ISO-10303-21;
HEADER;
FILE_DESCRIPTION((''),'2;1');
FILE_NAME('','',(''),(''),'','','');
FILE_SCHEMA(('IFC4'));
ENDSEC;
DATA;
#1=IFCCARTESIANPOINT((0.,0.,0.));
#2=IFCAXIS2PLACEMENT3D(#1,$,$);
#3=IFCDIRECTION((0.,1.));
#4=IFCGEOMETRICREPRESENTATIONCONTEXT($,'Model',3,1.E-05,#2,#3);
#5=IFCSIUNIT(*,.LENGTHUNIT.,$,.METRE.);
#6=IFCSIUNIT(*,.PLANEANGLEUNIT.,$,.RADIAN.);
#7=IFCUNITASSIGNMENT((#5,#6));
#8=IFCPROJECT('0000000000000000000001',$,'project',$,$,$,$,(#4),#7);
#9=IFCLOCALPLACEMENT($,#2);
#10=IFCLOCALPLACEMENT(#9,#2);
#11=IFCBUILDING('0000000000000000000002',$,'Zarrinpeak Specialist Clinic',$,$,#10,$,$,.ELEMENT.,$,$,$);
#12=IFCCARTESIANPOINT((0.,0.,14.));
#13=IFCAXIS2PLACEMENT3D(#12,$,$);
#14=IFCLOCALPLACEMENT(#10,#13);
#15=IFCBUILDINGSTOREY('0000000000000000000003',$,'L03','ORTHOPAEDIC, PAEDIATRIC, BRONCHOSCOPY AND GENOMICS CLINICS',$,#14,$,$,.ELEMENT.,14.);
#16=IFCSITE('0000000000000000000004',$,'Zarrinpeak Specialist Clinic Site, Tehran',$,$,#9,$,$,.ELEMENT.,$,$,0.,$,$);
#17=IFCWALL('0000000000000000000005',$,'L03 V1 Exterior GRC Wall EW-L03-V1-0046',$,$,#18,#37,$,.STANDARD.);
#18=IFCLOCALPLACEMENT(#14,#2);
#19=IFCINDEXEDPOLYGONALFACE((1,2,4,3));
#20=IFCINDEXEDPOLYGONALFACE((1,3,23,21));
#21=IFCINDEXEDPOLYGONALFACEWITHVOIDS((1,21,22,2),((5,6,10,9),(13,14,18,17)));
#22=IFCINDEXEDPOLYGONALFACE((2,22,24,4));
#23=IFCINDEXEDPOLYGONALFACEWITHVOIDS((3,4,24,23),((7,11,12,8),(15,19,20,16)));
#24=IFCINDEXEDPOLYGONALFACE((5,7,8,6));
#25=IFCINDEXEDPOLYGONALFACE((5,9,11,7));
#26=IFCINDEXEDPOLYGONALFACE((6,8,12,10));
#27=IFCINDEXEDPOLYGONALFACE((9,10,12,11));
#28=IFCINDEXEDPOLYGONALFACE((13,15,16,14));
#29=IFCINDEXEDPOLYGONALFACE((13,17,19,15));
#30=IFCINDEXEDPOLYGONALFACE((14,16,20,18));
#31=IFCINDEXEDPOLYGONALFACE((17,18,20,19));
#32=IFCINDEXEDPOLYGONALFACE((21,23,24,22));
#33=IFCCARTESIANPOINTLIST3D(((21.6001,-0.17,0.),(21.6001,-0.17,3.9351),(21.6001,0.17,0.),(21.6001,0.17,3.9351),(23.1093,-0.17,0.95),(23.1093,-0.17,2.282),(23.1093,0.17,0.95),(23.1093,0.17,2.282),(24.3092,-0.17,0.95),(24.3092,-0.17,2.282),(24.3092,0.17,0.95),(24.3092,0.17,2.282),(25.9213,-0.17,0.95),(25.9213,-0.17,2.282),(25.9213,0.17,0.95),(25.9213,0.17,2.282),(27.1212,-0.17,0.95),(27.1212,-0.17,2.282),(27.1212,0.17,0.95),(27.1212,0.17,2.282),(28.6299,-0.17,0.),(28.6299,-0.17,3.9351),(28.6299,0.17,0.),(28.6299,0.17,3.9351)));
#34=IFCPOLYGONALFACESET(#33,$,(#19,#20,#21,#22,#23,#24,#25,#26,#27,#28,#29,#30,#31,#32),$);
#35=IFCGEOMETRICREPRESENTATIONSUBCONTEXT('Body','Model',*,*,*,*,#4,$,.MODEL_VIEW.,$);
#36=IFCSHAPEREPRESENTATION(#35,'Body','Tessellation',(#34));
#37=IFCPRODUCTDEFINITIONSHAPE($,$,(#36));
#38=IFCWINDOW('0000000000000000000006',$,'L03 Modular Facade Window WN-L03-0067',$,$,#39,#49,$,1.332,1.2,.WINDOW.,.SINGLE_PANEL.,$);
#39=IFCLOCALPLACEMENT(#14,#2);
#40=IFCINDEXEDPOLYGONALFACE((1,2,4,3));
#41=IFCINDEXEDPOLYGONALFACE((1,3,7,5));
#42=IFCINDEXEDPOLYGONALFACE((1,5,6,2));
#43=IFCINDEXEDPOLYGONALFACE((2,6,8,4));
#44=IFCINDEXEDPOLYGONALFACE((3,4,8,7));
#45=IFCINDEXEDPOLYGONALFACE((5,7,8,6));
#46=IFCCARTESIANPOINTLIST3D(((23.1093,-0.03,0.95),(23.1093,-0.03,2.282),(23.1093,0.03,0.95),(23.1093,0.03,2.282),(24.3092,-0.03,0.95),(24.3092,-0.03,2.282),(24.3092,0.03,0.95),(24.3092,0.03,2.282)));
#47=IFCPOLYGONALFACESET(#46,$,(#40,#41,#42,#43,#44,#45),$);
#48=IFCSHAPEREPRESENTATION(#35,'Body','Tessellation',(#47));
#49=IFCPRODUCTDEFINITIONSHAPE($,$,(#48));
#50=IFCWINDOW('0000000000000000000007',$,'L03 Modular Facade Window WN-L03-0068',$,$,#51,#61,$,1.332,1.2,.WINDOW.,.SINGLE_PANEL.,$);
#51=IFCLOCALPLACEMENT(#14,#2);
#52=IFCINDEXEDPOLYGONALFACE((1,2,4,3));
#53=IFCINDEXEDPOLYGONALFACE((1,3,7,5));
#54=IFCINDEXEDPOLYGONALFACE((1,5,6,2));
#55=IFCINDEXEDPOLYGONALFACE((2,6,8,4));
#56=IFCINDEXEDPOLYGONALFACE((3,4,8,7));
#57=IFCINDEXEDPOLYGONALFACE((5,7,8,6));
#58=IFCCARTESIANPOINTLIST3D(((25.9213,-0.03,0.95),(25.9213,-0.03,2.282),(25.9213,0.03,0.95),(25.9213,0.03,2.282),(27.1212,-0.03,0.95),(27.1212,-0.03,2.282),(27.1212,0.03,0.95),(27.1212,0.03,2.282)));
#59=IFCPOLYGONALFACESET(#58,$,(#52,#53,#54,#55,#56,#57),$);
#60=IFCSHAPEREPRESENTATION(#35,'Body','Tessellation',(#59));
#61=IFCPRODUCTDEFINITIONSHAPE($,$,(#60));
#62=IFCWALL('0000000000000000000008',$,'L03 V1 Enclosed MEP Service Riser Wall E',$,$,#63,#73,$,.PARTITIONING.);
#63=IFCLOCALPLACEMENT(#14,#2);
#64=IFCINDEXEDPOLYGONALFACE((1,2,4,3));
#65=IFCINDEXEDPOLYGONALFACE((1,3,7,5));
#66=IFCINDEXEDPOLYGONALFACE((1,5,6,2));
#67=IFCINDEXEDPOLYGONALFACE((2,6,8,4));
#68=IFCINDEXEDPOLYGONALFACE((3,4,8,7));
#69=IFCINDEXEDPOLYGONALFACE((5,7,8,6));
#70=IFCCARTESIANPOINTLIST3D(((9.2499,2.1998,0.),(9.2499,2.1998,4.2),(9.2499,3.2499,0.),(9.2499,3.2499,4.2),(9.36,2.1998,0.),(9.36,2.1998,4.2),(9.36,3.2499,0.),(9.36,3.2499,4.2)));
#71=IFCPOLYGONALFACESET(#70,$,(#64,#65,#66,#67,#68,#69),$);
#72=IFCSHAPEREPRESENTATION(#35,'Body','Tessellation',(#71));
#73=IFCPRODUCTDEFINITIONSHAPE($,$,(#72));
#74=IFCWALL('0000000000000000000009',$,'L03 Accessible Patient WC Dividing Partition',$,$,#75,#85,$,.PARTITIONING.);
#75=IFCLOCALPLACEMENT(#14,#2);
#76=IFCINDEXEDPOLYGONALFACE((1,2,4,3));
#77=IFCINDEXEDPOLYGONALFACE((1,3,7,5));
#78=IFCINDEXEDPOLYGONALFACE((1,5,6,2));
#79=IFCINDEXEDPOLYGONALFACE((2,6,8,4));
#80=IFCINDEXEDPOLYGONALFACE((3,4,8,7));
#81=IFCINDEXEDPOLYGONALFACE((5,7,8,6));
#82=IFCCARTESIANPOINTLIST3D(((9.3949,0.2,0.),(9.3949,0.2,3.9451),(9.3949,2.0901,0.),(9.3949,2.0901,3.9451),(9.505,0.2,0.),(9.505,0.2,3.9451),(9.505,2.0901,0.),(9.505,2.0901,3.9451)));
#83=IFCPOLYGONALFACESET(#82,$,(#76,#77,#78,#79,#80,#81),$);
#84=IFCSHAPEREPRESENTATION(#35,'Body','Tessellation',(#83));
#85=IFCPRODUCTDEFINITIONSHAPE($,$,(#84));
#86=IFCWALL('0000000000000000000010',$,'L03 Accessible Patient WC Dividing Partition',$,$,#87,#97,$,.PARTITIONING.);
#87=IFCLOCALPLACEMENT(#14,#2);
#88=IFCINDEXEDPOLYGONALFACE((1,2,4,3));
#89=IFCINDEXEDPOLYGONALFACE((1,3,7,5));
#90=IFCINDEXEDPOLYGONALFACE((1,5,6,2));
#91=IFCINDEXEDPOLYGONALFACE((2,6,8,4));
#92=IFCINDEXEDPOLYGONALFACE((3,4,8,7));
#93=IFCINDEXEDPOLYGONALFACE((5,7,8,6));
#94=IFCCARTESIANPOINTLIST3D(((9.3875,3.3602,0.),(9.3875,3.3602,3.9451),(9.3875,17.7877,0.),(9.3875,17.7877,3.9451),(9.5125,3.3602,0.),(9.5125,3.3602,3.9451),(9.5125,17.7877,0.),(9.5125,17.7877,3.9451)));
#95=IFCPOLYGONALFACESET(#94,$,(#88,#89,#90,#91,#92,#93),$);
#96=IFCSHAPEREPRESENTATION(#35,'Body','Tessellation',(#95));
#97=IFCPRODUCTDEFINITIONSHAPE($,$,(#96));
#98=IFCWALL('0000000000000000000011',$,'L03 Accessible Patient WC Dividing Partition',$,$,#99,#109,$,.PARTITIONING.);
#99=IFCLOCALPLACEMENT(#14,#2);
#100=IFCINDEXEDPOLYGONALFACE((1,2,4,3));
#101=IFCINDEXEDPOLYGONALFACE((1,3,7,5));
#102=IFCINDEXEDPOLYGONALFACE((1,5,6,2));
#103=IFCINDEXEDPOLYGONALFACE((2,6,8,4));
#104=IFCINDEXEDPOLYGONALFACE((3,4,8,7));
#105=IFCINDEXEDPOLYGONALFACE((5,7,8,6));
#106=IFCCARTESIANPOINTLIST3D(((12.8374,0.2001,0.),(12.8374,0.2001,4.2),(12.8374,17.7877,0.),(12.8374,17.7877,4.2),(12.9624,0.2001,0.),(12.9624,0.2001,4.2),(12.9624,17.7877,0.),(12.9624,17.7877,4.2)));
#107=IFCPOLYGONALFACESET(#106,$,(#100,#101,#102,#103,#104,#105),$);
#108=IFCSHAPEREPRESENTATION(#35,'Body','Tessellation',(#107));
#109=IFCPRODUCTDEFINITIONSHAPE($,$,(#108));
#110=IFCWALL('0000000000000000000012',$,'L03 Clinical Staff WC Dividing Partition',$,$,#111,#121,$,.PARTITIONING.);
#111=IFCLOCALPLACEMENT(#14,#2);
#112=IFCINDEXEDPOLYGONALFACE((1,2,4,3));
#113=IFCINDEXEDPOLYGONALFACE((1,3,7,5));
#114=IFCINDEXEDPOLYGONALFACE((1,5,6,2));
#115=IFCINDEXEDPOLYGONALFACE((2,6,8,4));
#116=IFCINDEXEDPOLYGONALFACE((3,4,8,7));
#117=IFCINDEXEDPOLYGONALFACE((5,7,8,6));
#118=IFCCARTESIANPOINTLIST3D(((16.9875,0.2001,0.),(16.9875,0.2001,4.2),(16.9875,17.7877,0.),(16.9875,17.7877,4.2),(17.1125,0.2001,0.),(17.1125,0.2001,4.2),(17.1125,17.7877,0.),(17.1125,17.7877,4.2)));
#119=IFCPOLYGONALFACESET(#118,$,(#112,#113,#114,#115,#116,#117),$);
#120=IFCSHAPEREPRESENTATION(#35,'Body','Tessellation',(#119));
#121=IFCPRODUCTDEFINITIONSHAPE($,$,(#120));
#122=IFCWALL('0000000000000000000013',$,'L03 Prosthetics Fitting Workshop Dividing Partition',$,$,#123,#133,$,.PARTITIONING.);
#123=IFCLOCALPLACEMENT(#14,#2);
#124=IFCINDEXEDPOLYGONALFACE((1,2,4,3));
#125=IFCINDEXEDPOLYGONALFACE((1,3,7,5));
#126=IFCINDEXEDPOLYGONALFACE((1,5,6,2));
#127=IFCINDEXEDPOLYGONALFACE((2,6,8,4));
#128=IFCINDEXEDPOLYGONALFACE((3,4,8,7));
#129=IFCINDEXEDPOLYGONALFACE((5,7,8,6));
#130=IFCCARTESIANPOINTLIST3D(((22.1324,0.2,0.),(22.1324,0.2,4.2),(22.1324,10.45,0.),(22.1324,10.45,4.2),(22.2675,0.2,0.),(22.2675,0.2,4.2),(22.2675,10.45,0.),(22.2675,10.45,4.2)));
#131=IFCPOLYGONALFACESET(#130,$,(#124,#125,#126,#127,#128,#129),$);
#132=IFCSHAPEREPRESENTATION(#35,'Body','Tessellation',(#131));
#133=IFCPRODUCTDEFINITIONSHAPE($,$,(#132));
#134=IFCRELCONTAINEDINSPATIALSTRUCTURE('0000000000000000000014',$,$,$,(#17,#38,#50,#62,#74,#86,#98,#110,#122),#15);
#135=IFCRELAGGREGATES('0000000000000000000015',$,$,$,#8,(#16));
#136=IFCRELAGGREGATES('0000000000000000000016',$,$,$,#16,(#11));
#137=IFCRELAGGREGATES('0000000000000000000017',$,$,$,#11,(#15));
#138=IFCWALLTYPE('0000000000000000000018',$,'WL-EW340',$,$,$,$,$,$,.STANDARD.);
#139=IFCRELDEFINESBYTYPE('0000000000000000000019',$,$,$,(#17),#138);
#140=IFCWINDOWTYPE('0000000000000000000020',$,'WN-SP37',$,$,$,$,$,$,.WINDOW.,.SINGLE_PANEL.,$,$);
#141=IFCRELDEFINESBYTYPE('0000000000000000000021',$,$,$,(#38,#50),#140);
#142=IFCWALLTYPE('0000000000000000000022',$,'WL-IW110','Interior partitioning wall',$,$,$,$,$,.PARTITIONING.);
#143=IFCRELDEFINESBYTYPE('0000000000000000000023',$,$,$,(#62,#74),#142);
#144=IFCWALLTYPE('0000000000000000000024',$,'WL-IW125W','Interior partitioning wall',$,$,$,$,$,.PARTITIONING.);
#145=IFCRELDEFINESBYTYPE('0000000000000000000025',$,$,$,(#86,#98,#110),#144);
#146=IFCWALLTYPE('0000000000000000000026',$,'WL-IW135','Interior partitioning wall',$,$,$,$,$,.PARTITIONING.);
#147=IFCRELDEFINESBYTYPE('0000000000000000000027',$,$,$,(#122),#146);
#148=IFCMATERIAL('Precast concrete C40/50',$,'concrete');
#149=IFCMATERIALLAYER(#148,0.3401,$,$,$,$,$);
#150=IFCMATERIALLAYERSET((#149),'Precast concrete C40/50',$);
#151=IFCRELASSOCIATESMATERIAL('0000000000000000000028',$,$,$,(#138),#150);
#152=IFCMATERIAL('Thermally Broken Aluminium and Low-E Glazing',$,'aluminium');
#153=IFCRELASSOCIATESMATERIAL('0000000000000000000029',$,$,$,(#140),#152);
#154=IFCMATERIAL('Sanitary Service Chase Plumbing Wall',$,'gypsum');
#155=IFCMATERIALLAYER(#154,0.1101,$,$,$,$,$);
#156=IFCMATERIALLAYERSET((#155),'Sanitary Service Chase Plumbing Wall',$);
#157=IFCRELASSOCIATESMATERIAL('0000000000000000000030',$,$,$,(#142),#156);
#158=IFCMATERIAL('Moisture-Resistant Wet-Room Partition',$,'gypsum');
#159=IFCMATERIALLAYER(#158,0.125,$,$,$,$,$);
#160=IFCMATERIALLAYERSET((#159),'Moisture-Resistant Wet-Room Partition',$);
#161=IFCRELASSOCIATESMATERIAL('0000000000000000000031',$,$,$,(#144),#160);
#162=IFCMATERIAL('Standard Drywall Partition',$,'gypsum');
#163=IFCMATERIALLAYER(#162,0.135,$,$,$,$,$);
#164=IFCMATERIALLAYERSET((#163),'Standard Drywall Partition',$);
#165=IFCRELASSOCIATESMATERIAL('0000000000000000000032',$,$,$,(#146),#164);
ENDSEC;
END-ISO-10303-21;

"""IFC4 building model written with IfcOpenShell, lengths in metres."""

from ifc_helpers import new_model, si_unit, direction, frame, frame_2d, origin, place, context, subcontext, project, spatial, rectangle, extrude, material, layer, layer_set, type_object, element, fill, save


model = new_model("IFC4")

# Units and contexts
model_context = context("Model", 3, precision=1e-05, world=origin(), true_north=direction((0.0, 1.0)))
body_context = subcontext(model_context, "Body", "Model", "MODEL_VIEW")
ifc_project = project(units=[si_unit("LENGTHUNIT", "METRE"), si_unit("PLANEANGLEUNIT", "RADIAN")], contexts=[model_context])

# Site, building, storey
site_placement = place(None, origin())
site = spatial("IfcSite", under=ifc_project, at=site_placement, Name="Zarrinpeak Specialist Clinic Site, Tehran", CompositionType="ELEMENT", RefElevation=0.0)
building_placement = place(site_placement, origin())
building = spatial("IfcBuilding", under=site, at=building_placement, Name="Zarrinpeak Specialist Clinic", CompositionType="ELEMENT")
storey_placement = place(building_placement, frame((0.0, 0.0, 14.0)))
storey = spatial("IfcBuildingStorey", under=building, at=storey_placement, Name="L03", Description="ORTHOPAEDIC, PAEDIATRIC, BRONCHOSCOPY AND GENOMICS CLINICS", CompositionType="ELEMENT", Elevation=14.0)

# Shared definitions
ifc_material_1 = material(Name="Precast concrete C40/50", Category="concrete")
ifc_layer_1 = layer(ifc_material_1, 0.3401)
ifc_layer_set_1 = layer_set([ifc_layer_1], Name="Precast concrete C40/50")
wall_type_1 = type_object("IfcWallType", Name="WL-EW340", PredefinedType="STANDARD", material=ifc_layer_set_1)
ifc_material_2 = material(Name="Thermally Broken Aluminium and Low-E Glazing", Category="aluminium")

# Wall, openings, windows
wall_1_placement = place(storey_placement, frame((21.6001, 0.0, 0.0), z_axis=(0.0, 0.0, 1.0), x_axis=(1.0, 0.0, 0.0)))
wall_1 = element("IfcWall", 1, at=wall_1_placement, inside=storey, type_object=wall_type_1, Name="L03 V1 Exterior GRC Wall EW-L03-V1-0046", PredefinedType="STANDARD", context=body_context, shape_type="SweptSolid", body=[
    extrude(rectangle(XDim=7.0298, YDim=0.3401, at=frame_2d((3.5149, 0.0))), origin(), (0.0, 0.0, 1.0), 3.9351),
])
opening_1_placement = place(wall_1_placement, frame((1.509, 0.0, 0.95)))
opening_1 = element("IfcOpeningElement", 2, at=opening_1_placement, cuts=wall_1, PredefinedType="OPENING", context=body_context, shape_type="SweptSolid", body=[
    extrude(rectangle(XDim=1.2, YDim=1.332, at=frame_2d((0.6001, 0.666))), frame((0.0, 0.1802, 0.0), z_axis=(0.0, -1.0, 0.0), x_axis=(1.0, 0.0, 0.0)), (0.0, 0.0, 1.0), 0.3601),
])
opening_2_placement = place(wall_1_placement, frame((4.321, 0.0, 0.95)))
opening_2 = element("IfcOpeningElement", 3, at=opening_2_placement, cuts=wall_1, PredefinedType="OPENING", context=body_context, shape_type="SweptSolid", body=[
    extrude(rectangle(XDim=1.2, YDim=1.332, at=frame_2d((0.6001, 0.666))), frame((0.0, 0.1802, 0.0), z_axis=(0.0, -1.0, 0.0), x_axis=(1.0, 0.0, 0.0)), (0.0, 0.0, 1.0), 0.3601),
])
window_type_1 = type_object("IfcWindowType", Name="WN-SP37", PartitioningType="SINGLE_PANEL", PredefinedType="WINDOW", material=ifc_material_2)
window_1_placement = place(opening_1_placement, origin())
window_1 = element("IfcWindow", 4, at=window_1_placement, inside=storey, type_object=window_type_1, Name="L03 Modular Facade Window WN-L03-0067", OverallHeight=1.332, OverallWidth=1.2, PartitioningType="SINGLE_PANEL", PredefinedType="WINDOW", context=body_context, shape_type="SweptSolid", body=[
    extrude(rectangle(XDim=1.2, YDim=1.332, at=frame_2d((0.6001, 0.666))), frame((0.0, 0.03, 0.0), z_axis=(0.0, -1.0, 0.0), x_axis=(1.0, 0.0, 0.0)), (0.0, 0.0, 1.0), 0.0601),
])
fill(opening_1, window_1)
window_2_placement = place(opening_2_placement, origin())
window_2 = element("IfcWindow", 5, at=window_2_placement, inside=storey, type_object=window_type_1, Name="L03 Modular Facade Window WN-L03-0068", OverallHeight=1.332, OverallWidth=1.2, PartitioningType="SINGLE_PANEL", PredefinedType="WINDOW", context=body_context, shape_type="SweptSolid", body=[
    extrude(rectangle(XDim=1.2, YDim=1.332, at=frame_2d((0.6001, 0.666))), frame((0.0, 0.03, 0.0), z_axis=(0.0, -1.0, 0.0), x_axis=(1.0, 0.0, 0.0)), (0.0, 0.0, 1.0), 0.0601),
])
fill(opening_2, window_2)

# Walls
ifc_material_3 = material(Name="Sanitary Service Chase Plumbing Wall", Category="gypsum")
ifc_layer_2 = layer(ifc_material_3, 0.1101)
ifc_layer_set_2 = layer_set([ifc_layer_2], Name="Sanitary Service Chase Plumbing Wall")
wall_type_2 = type_object("IfcWallType", Name="WL-IW110", Description="Interior partitioning wall", PredefinedType="PARTITIONING", material=ifc_layer_set_2)
wall_2_placement = place(storey_placement, frame((9.3049, 2.2, 0.0), z_axis=(0.0, 0.0, 1.0), x_axis=(0.0, 1.0, 0.0)))
element("IfcWall", 6, at=wall_2_placement, inside=storey, type_object=wall_type_2, Name="L03 V1 Enclosed MEP Service Riser Wall E", PredefinedType="PARTITIONING", context=body_context, shape_type="SweptSolid", body=[
    extrude(rectangle(XDim=1.05, YDim=0.1101, at=frame_2d((0.5249, 0.0))), origin(), (0.0, 0.0, 1.0), 4.2),
])
wall_3_placement = place(storey_placement, frame((9.45, 0.2, 0.0), z_axis=(0.0, 0.0, 1.0), x_axis=(0.0, 1.0, 0.0)))
element("IfcWall", 7, at=wall_3_placement, inside=storey, type_object=wall_type_2, Name="L03 Accessible Patient WC Dividing Partition", PredefinedType="PARTITIONING", context=body_context, shape_type="SweptSolid", body=[
    extrude(rectangle(XDim=1.8901, YDim=0.1101, at=frame_2d((0.9451, 0.0))), origin(), (0.0, 0.0, 1.0), 3.9451),
])
ifc_material_4 = material(Name="Moisture-Resistant Wet-Room Partition", Category="gypsum")
ifc_layer_3 = layer(ifc_material_4, 0.125)
ifc_layer_set_3 = layer_set([ifc_layer_3], Name="Moisture-Resistant Wet-Room Partition")
wall_type_3 = type_object("IfcWallType", Name="WL-IW125W", Description="Interior partitioning wall", PredefinedType="PARTITIONING", material=ifc_layer_set_3)
wall_4_placement = place(storey_placement, frame((9.45, 3.3601, 0.0), z_axis=(0.0, 0.0, 1.0), x_axis=(0.0, 1.0, 0.0)))
element("IfcWall", 8, at=wall_4_placement, inside=storey, type_object=wall_type_3, Name="L03 Accessible Patient WC Dividing Partition", PredefinedType="PARTITIONING", context=body_context, shape_type="SweptSolid", body=[
    extrude(rectangle(XDim=14.4275, YDim=0.125, at=frame_2d((7.2139, 0.0))), origin(), (0.0, 0.0, 1.0), 3.9451),
])
for number, where, z_axis, x_axis, name in (
    (9, (12.8999, 0.2, 0.0), (0.0, 0.0, 1.0), (0.0, 1.0, 0.0), "L03 Accessible Patient WC Dividing Partition"),
    (10, (17.05, 0.2, 0.0), (0.0, 0.0, 1.0), (0.0, 1.0, 0.0), "L03 Clinical Staff WC Dividing Partition"),
):
    element("IfcWall", number, at=place(storey_placement, frame(where, z_axis=z_axis, x_axis=x_axis)), inside=storey, type_object=wall_type_3, Name=name, PredefinedType="PARTITIONING", context=body_context, shape_type="SweptSolid", body=[
        extrude(rectangle(XDim=17.5876, YDim=0.125, at=frame_2d((8.7939, 0.0))), origin(), (0.0, 0.0, 1.0), 4.2),
    ])
ifc_material_5 = material(Name="Standard Drywall Partition", Category="gypsum")
ifc_layer_4 = layer(ifc_material_5, 0.135)
ifc_layer_set_4 = layer_set([ifc_layer_4], Name="Standard Drywall Partition")
wall_type_4 = type_object("IfcWallType", Name="WL-IW135", Description="Interior partitioning wall", PredefinedType="PARTITIONING", material=ifc_layer_set_4)
wall_5_placement = place(storey_placement, frame((22.2, 0.2, 0.0), z_axis=(0.0, 0.0, 1.0), x_axis=(0.0, 1.0, 0.0)))
element("IfcWall", 11, at=wall_5_placement, inside=storey, type_object=wall_type_4, Name="L03 Prosthetics Fitting Workshop Dividing Partition", PredefinedType="PARTITIONING", context=body_context, shape_type="SweptSolid", body=[
    extrude(rectangle(XDim=10.25, YDim=0.135, at=frame_2d((5.125, 0.0))), origin(), (0.0, 0.0, 1.0), 4.2),
])

save(model, "model.ifc")
